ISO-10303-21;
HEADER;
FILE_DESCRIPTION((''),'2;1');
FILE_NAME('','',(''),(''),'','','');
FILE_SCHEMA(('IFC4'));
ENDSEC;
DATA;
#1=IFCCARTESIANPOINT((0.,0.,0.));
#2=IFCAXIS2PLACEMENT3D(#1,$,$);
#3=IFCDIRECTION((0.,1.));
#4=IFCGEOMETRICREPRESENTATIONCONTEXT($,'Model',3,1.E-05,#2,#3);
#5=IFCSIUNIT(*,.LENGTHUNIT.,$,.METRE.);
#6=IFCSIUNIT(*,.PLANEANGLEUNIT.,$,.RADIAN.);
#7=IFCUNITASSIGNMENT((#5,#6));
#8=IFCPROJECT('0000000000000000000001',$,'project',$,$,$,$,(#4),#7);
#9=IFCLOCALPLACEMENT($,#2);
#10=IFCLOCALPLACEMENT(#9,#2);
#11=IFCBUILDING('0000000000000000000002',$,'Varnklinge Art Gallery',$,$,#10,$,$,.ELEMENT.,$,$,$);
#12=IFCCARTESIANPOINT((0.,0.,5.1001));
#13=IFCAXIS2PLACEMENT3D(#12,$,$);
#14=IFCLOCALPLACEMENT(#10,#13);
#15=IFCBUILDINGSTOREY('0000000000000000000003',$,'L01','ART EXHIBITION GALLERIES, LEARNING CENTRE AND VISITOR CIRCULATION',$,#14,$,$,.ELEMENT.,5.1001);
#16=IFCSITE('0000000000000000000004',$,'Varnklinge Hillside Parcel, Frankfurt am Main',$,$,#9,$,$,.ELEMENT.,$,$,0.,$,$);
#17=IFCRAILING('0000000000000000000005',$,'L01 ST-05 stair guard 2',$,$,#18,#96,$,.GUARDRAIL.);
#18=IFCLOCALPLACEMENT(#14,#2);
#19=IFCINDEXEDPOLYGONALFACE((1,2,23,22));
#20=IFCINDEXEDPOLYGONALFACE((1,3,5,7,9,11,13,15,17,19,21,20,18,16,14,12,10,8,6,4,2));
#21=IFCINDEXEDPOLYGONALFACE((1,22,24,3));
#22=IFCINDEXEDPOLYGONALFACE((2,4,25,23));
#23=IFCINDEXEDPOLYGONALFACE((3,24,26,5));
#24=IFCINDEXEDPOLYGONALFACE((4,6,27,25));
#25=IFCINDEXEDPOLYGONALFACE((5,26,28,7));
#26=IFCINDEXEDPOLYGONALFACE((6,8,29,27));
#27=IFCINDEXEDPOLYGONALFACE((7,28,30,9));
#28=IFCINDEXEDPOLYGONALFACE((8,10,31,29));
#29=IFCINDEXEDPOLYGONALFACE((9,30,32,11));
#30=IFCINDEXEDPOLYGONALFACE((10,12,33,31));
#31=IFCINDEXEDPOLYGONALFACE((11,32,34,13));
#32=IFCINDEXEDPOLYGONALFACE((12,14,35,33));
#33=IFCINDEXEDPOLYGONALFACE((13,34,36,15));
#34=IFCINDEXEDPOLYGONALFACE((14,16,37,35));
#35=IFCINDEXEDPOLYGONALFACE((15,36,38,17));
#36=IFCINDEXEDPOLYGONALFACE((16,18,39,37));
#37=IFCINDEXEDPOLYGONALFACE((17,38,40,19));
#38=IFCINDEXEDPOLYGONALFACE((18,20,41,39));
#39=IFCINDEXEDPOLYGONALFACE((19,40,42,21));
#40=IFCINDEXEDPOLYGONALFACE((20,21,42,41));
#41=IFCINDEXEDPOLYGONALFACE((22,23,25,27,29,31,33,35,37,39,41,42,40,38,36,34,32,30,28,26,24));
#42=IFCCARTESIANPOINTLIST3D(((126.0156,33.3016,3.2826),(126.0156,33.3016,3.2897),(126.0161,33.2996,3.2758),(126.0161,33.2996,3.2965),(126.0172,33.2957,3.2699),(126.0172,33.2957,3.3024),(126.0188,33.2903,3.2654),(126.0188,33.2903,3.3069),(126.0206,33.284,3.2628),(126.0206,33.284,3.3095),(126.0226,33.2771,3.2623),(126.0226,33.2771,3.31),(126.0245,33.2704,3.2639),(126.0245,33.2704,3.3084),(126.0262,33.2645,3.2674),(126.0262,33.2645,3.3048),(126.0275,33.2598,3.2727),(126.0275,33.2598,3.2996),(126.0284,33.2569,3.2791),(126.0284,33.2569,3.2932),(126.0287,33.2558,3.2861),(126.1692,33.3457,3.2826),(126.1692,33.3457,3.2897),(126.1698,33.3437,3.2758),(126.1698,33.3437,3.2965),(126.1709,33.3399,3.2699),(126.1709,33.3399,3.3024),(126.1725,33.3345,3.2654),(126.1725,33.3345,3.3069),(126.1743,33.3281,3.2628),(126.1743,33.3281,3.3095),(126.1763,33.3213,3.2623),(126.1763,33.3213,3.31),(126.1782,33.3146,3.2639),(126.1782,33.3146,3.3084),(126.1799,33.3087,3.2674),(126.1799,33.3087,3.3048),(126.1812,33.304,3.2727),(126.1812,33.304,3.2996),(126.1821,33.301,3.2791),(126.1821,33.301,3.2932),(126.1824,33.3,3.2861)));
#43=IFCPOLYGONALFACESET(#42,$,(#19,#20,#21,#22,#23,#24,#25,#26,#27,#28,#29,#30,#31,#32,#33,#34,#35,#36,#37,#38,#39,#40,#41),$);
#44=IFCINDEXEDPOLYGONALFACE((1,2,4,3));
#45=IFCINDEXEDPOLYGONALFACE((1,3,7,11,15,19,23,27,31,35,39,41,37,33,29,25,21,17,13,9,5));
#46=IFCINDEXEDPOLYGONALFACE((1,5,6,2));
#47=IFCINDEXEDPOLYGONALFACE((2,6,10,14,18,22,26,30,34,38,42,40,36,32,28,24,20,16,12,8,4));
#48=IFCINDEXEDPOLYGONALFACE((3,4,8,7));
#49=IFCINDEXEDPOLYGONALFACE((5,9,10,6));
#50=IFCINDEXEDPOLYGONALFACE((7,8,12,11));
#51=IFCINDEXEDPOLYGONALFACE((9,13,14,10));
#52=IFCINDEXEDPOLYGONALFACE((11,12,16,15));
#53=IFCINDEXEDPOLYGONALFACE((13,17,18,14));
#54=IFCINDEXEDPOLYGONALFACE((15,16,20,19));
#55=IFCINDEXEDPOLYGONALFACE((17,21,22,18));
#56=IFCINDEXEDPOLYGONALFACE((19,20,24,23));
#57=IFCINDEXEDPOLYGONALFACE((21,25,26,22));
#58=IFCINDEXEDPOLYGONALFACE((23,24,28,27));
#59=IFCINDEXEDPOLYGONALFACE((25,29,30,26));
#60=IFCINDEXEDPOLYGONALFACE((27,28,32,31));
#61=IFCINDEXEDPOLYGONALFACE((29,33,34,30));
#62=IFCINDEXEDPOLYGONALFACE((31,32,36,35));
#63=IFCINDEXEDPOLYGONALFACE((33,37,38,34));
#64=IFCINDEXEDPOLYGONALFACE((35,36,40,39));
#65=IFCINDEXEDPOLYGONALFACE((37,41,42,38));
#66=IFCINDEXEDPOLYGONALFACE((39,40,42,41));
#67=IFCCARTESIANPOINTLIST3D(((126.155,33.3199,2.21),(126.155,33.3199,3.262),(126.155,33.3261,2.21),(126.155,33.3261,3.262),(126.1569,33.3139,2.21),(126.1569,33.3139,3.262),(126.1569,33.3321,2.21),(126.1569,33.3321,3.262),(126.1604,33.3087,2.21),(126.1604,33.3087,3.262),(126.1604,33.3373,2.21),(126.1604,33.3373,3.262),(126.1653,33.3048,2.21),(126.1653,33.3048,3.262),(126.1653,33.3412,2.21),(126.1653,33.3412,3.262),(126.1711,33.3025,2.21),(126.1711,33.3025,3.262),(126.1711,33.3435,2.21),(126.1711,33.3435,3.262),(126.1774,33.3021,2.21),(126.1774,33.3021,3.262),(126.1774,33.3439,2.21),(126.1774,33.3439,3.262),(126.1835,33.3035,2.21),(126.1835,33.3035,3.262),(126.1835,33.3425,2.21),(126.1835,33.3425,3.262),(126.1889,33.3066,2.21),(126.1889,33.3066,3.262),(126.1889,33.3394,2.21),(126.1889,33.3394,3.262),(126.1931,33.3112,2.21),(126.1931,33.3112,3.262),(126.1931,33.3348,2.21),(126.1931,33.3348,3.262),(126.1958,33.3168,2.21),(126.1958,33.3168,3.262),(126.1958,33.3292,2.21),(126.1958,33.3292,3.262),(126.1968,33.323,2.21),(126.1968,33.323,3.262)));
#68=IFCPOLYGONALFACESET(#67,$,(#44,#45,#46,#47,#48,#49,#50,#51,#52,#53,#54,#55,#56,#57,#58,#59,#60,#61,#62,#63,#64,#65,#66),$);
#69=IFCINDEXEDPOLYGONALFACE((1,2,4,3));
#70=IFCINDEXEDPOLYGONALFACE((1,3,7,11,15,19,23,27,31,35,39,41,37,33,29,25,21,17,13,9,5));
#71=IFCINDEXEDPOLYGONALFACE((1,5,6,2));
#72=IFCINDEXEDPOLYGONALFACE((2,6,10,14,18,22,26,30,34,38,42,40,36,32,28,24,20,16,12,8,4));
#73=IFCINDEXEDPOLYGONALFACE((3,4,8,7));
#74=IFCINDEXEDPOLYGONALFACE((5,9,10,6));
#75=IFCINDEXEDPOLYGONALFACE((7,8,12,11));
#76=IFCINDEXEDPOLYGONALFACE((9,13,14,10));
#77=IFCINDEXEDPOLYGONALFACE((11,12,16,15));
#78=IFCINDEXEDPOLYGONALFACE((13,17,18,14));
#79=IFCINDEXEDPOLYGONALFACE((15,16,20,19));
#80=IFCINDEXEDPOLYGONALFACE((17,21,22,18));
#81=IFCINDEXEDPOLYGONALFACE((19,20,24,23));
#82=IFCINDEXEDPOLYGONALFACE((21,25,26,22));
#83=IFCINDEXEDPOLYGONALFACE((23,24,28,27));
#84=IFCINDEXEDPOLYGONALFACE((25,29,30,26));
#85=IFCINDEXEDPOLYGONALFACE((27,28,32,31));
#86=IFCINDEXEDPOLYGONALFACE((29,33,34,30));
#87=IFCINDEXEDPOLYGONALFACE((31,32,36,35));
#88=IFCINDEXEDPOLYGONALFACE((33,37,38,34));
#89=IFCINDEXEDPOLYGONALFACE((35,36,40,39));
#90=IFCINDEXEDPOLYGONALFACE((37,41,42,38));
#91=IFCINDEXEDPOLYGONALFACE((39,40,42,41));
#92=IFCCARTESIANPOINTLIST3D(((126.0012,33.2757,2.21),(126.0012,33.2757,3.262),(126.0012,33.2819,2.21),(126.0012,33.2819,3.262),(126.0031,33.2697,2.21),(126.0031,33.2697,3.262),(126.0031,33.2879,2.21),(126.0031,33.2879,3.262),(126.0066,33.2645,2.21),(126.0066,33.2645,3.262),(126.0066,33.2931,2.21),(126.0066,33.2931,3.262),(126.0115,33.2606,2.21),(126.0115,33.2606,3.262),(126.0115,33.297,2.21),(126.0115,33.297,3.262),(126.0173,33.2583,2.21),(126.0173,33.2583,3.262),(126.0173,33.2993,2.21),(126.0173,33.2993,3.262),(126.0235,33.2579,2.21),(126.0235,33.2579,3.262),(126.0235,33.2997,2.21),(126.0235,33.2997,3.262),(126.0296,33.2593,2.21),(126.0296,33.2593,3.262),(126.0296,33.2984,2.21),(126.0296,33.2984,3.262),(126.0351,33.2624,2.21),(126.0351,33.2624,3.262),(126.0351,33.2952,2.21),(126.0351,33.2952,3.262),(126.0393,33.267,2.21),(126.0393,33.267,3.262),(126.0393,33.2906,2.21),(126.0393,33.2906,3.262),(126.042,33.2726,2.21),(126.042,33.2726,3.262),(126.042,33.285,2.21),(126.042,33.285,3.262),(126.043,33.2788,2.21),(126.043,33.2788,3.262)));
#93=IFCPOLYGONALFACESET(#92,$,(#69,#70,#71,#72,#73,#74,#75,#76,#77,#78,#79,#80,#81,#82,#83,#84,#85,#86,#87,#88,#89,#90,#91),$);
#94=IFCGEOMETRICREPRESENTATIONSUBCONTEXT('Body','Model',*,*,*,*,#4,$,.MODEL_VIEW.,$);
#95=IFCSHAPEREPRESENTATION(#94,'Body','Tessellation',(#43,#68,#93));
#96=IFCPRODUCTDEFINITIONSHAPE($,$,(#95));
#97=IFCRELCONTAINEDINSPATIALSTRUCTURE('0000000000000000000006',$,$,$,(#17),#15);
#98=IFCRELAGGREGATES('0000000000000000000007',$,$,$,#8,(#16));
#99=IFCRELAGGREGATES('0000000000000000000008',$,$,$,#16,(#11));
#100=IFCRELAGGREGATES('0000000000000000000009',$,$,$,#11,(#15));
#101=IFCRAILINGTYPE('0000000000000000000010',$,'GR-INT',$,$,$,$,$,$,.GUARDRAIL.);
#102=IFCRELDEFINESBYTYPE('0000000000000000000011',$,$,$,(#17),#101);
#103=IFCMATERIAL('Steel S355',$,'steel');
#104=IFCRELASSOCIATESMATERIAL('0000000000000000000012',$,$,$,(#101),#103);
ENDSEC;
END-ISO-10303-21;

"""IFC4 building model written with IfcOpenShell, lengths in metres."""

from ifc_helpers import new_model, si_unit, direction, frame, origin, origin_2d, place, context, subcontext, project, spatial, circle, extrude, material, type_object, element, save


model = new_model("IFC4")

# Units and contexts
model_context = context("Model", 3, precision=1e-05, world=origin(), true_north=direction((0.0, 1.0)))
body_context = subcontext(model_context, "Body", "Model", "MODEL_VIEW")
ifc_project = project(units=[si_unit("LENGTHUNIT", "METRE"), si_unit("PLANEANGLEUNIT", "RADIAN")], contexts=[model_context])

# Site, building, storey
site_placement = place(None, origin())
site = spatial("IfcSite", under=ifc_project, at=site_placement, Name="Varnklinge Hillside Parcel, Frankfurt am Main", CompositionType="ELEMENT", RefElevation=0.0)
building_placement = place(site_placement, origin())
building = spatial("IfcBuilding", under=site, at=building_placement, Name="Varnklinge Art Gallery", CompositionType="ELEMENT")
storey_placement = place(building_placement, frame((0.0, 0.0, 5.1001)))
storey = spatial("IfcBuildingStorey", under=building, at=storey_placement, Name="L01", Description="ART EXHIBITION GALLERIES, LEARNING CENTRE AND VISITOR CIRCULATION", CompositionType="ELEMENT", Elevation=5.1001)

# Railing
ifc_material_1 = material(Name="Steel S355", Category="steel")
railing_type = type_object("IfcRailingType", Name="GR-INT", PredefinedType="GUARDRAIL", material=ifc_material_1)
railing_1_placement = place(storey_placement, frame((126.1758, 33.323, 2.21)))
element("IfcRailing", 1, at=railing_1_placement, inside=storey, type_object=railing_type, Name="L01 ST-05 stair guard 2", PredefinedType="GUARDRAIL", context=body_context, shape_type="SweptSolid", body=[
    extrude(circle(Radius=0.0239, at=origin_2d()), frame((0.0, 0.0, 1.0762), z_axis=(-0.96112, -0.276131, 0.0), x_axis=(0.276131, -0.96112, 0.0)), (0.0, 0.0, 1.0), 0.1599),
    extrude(circle(Radius=0.021, at=origin_2d()), origin(), (0.0, 0.0, 1.0), 1.052),
    extrude(circle(Radius=0.021, at=origin_2d()), frame((-0.1538, -0.0442, 0.0)), (0.0, 0.0, 1.0), 1.052),
])

save(model, "model.ifc")
